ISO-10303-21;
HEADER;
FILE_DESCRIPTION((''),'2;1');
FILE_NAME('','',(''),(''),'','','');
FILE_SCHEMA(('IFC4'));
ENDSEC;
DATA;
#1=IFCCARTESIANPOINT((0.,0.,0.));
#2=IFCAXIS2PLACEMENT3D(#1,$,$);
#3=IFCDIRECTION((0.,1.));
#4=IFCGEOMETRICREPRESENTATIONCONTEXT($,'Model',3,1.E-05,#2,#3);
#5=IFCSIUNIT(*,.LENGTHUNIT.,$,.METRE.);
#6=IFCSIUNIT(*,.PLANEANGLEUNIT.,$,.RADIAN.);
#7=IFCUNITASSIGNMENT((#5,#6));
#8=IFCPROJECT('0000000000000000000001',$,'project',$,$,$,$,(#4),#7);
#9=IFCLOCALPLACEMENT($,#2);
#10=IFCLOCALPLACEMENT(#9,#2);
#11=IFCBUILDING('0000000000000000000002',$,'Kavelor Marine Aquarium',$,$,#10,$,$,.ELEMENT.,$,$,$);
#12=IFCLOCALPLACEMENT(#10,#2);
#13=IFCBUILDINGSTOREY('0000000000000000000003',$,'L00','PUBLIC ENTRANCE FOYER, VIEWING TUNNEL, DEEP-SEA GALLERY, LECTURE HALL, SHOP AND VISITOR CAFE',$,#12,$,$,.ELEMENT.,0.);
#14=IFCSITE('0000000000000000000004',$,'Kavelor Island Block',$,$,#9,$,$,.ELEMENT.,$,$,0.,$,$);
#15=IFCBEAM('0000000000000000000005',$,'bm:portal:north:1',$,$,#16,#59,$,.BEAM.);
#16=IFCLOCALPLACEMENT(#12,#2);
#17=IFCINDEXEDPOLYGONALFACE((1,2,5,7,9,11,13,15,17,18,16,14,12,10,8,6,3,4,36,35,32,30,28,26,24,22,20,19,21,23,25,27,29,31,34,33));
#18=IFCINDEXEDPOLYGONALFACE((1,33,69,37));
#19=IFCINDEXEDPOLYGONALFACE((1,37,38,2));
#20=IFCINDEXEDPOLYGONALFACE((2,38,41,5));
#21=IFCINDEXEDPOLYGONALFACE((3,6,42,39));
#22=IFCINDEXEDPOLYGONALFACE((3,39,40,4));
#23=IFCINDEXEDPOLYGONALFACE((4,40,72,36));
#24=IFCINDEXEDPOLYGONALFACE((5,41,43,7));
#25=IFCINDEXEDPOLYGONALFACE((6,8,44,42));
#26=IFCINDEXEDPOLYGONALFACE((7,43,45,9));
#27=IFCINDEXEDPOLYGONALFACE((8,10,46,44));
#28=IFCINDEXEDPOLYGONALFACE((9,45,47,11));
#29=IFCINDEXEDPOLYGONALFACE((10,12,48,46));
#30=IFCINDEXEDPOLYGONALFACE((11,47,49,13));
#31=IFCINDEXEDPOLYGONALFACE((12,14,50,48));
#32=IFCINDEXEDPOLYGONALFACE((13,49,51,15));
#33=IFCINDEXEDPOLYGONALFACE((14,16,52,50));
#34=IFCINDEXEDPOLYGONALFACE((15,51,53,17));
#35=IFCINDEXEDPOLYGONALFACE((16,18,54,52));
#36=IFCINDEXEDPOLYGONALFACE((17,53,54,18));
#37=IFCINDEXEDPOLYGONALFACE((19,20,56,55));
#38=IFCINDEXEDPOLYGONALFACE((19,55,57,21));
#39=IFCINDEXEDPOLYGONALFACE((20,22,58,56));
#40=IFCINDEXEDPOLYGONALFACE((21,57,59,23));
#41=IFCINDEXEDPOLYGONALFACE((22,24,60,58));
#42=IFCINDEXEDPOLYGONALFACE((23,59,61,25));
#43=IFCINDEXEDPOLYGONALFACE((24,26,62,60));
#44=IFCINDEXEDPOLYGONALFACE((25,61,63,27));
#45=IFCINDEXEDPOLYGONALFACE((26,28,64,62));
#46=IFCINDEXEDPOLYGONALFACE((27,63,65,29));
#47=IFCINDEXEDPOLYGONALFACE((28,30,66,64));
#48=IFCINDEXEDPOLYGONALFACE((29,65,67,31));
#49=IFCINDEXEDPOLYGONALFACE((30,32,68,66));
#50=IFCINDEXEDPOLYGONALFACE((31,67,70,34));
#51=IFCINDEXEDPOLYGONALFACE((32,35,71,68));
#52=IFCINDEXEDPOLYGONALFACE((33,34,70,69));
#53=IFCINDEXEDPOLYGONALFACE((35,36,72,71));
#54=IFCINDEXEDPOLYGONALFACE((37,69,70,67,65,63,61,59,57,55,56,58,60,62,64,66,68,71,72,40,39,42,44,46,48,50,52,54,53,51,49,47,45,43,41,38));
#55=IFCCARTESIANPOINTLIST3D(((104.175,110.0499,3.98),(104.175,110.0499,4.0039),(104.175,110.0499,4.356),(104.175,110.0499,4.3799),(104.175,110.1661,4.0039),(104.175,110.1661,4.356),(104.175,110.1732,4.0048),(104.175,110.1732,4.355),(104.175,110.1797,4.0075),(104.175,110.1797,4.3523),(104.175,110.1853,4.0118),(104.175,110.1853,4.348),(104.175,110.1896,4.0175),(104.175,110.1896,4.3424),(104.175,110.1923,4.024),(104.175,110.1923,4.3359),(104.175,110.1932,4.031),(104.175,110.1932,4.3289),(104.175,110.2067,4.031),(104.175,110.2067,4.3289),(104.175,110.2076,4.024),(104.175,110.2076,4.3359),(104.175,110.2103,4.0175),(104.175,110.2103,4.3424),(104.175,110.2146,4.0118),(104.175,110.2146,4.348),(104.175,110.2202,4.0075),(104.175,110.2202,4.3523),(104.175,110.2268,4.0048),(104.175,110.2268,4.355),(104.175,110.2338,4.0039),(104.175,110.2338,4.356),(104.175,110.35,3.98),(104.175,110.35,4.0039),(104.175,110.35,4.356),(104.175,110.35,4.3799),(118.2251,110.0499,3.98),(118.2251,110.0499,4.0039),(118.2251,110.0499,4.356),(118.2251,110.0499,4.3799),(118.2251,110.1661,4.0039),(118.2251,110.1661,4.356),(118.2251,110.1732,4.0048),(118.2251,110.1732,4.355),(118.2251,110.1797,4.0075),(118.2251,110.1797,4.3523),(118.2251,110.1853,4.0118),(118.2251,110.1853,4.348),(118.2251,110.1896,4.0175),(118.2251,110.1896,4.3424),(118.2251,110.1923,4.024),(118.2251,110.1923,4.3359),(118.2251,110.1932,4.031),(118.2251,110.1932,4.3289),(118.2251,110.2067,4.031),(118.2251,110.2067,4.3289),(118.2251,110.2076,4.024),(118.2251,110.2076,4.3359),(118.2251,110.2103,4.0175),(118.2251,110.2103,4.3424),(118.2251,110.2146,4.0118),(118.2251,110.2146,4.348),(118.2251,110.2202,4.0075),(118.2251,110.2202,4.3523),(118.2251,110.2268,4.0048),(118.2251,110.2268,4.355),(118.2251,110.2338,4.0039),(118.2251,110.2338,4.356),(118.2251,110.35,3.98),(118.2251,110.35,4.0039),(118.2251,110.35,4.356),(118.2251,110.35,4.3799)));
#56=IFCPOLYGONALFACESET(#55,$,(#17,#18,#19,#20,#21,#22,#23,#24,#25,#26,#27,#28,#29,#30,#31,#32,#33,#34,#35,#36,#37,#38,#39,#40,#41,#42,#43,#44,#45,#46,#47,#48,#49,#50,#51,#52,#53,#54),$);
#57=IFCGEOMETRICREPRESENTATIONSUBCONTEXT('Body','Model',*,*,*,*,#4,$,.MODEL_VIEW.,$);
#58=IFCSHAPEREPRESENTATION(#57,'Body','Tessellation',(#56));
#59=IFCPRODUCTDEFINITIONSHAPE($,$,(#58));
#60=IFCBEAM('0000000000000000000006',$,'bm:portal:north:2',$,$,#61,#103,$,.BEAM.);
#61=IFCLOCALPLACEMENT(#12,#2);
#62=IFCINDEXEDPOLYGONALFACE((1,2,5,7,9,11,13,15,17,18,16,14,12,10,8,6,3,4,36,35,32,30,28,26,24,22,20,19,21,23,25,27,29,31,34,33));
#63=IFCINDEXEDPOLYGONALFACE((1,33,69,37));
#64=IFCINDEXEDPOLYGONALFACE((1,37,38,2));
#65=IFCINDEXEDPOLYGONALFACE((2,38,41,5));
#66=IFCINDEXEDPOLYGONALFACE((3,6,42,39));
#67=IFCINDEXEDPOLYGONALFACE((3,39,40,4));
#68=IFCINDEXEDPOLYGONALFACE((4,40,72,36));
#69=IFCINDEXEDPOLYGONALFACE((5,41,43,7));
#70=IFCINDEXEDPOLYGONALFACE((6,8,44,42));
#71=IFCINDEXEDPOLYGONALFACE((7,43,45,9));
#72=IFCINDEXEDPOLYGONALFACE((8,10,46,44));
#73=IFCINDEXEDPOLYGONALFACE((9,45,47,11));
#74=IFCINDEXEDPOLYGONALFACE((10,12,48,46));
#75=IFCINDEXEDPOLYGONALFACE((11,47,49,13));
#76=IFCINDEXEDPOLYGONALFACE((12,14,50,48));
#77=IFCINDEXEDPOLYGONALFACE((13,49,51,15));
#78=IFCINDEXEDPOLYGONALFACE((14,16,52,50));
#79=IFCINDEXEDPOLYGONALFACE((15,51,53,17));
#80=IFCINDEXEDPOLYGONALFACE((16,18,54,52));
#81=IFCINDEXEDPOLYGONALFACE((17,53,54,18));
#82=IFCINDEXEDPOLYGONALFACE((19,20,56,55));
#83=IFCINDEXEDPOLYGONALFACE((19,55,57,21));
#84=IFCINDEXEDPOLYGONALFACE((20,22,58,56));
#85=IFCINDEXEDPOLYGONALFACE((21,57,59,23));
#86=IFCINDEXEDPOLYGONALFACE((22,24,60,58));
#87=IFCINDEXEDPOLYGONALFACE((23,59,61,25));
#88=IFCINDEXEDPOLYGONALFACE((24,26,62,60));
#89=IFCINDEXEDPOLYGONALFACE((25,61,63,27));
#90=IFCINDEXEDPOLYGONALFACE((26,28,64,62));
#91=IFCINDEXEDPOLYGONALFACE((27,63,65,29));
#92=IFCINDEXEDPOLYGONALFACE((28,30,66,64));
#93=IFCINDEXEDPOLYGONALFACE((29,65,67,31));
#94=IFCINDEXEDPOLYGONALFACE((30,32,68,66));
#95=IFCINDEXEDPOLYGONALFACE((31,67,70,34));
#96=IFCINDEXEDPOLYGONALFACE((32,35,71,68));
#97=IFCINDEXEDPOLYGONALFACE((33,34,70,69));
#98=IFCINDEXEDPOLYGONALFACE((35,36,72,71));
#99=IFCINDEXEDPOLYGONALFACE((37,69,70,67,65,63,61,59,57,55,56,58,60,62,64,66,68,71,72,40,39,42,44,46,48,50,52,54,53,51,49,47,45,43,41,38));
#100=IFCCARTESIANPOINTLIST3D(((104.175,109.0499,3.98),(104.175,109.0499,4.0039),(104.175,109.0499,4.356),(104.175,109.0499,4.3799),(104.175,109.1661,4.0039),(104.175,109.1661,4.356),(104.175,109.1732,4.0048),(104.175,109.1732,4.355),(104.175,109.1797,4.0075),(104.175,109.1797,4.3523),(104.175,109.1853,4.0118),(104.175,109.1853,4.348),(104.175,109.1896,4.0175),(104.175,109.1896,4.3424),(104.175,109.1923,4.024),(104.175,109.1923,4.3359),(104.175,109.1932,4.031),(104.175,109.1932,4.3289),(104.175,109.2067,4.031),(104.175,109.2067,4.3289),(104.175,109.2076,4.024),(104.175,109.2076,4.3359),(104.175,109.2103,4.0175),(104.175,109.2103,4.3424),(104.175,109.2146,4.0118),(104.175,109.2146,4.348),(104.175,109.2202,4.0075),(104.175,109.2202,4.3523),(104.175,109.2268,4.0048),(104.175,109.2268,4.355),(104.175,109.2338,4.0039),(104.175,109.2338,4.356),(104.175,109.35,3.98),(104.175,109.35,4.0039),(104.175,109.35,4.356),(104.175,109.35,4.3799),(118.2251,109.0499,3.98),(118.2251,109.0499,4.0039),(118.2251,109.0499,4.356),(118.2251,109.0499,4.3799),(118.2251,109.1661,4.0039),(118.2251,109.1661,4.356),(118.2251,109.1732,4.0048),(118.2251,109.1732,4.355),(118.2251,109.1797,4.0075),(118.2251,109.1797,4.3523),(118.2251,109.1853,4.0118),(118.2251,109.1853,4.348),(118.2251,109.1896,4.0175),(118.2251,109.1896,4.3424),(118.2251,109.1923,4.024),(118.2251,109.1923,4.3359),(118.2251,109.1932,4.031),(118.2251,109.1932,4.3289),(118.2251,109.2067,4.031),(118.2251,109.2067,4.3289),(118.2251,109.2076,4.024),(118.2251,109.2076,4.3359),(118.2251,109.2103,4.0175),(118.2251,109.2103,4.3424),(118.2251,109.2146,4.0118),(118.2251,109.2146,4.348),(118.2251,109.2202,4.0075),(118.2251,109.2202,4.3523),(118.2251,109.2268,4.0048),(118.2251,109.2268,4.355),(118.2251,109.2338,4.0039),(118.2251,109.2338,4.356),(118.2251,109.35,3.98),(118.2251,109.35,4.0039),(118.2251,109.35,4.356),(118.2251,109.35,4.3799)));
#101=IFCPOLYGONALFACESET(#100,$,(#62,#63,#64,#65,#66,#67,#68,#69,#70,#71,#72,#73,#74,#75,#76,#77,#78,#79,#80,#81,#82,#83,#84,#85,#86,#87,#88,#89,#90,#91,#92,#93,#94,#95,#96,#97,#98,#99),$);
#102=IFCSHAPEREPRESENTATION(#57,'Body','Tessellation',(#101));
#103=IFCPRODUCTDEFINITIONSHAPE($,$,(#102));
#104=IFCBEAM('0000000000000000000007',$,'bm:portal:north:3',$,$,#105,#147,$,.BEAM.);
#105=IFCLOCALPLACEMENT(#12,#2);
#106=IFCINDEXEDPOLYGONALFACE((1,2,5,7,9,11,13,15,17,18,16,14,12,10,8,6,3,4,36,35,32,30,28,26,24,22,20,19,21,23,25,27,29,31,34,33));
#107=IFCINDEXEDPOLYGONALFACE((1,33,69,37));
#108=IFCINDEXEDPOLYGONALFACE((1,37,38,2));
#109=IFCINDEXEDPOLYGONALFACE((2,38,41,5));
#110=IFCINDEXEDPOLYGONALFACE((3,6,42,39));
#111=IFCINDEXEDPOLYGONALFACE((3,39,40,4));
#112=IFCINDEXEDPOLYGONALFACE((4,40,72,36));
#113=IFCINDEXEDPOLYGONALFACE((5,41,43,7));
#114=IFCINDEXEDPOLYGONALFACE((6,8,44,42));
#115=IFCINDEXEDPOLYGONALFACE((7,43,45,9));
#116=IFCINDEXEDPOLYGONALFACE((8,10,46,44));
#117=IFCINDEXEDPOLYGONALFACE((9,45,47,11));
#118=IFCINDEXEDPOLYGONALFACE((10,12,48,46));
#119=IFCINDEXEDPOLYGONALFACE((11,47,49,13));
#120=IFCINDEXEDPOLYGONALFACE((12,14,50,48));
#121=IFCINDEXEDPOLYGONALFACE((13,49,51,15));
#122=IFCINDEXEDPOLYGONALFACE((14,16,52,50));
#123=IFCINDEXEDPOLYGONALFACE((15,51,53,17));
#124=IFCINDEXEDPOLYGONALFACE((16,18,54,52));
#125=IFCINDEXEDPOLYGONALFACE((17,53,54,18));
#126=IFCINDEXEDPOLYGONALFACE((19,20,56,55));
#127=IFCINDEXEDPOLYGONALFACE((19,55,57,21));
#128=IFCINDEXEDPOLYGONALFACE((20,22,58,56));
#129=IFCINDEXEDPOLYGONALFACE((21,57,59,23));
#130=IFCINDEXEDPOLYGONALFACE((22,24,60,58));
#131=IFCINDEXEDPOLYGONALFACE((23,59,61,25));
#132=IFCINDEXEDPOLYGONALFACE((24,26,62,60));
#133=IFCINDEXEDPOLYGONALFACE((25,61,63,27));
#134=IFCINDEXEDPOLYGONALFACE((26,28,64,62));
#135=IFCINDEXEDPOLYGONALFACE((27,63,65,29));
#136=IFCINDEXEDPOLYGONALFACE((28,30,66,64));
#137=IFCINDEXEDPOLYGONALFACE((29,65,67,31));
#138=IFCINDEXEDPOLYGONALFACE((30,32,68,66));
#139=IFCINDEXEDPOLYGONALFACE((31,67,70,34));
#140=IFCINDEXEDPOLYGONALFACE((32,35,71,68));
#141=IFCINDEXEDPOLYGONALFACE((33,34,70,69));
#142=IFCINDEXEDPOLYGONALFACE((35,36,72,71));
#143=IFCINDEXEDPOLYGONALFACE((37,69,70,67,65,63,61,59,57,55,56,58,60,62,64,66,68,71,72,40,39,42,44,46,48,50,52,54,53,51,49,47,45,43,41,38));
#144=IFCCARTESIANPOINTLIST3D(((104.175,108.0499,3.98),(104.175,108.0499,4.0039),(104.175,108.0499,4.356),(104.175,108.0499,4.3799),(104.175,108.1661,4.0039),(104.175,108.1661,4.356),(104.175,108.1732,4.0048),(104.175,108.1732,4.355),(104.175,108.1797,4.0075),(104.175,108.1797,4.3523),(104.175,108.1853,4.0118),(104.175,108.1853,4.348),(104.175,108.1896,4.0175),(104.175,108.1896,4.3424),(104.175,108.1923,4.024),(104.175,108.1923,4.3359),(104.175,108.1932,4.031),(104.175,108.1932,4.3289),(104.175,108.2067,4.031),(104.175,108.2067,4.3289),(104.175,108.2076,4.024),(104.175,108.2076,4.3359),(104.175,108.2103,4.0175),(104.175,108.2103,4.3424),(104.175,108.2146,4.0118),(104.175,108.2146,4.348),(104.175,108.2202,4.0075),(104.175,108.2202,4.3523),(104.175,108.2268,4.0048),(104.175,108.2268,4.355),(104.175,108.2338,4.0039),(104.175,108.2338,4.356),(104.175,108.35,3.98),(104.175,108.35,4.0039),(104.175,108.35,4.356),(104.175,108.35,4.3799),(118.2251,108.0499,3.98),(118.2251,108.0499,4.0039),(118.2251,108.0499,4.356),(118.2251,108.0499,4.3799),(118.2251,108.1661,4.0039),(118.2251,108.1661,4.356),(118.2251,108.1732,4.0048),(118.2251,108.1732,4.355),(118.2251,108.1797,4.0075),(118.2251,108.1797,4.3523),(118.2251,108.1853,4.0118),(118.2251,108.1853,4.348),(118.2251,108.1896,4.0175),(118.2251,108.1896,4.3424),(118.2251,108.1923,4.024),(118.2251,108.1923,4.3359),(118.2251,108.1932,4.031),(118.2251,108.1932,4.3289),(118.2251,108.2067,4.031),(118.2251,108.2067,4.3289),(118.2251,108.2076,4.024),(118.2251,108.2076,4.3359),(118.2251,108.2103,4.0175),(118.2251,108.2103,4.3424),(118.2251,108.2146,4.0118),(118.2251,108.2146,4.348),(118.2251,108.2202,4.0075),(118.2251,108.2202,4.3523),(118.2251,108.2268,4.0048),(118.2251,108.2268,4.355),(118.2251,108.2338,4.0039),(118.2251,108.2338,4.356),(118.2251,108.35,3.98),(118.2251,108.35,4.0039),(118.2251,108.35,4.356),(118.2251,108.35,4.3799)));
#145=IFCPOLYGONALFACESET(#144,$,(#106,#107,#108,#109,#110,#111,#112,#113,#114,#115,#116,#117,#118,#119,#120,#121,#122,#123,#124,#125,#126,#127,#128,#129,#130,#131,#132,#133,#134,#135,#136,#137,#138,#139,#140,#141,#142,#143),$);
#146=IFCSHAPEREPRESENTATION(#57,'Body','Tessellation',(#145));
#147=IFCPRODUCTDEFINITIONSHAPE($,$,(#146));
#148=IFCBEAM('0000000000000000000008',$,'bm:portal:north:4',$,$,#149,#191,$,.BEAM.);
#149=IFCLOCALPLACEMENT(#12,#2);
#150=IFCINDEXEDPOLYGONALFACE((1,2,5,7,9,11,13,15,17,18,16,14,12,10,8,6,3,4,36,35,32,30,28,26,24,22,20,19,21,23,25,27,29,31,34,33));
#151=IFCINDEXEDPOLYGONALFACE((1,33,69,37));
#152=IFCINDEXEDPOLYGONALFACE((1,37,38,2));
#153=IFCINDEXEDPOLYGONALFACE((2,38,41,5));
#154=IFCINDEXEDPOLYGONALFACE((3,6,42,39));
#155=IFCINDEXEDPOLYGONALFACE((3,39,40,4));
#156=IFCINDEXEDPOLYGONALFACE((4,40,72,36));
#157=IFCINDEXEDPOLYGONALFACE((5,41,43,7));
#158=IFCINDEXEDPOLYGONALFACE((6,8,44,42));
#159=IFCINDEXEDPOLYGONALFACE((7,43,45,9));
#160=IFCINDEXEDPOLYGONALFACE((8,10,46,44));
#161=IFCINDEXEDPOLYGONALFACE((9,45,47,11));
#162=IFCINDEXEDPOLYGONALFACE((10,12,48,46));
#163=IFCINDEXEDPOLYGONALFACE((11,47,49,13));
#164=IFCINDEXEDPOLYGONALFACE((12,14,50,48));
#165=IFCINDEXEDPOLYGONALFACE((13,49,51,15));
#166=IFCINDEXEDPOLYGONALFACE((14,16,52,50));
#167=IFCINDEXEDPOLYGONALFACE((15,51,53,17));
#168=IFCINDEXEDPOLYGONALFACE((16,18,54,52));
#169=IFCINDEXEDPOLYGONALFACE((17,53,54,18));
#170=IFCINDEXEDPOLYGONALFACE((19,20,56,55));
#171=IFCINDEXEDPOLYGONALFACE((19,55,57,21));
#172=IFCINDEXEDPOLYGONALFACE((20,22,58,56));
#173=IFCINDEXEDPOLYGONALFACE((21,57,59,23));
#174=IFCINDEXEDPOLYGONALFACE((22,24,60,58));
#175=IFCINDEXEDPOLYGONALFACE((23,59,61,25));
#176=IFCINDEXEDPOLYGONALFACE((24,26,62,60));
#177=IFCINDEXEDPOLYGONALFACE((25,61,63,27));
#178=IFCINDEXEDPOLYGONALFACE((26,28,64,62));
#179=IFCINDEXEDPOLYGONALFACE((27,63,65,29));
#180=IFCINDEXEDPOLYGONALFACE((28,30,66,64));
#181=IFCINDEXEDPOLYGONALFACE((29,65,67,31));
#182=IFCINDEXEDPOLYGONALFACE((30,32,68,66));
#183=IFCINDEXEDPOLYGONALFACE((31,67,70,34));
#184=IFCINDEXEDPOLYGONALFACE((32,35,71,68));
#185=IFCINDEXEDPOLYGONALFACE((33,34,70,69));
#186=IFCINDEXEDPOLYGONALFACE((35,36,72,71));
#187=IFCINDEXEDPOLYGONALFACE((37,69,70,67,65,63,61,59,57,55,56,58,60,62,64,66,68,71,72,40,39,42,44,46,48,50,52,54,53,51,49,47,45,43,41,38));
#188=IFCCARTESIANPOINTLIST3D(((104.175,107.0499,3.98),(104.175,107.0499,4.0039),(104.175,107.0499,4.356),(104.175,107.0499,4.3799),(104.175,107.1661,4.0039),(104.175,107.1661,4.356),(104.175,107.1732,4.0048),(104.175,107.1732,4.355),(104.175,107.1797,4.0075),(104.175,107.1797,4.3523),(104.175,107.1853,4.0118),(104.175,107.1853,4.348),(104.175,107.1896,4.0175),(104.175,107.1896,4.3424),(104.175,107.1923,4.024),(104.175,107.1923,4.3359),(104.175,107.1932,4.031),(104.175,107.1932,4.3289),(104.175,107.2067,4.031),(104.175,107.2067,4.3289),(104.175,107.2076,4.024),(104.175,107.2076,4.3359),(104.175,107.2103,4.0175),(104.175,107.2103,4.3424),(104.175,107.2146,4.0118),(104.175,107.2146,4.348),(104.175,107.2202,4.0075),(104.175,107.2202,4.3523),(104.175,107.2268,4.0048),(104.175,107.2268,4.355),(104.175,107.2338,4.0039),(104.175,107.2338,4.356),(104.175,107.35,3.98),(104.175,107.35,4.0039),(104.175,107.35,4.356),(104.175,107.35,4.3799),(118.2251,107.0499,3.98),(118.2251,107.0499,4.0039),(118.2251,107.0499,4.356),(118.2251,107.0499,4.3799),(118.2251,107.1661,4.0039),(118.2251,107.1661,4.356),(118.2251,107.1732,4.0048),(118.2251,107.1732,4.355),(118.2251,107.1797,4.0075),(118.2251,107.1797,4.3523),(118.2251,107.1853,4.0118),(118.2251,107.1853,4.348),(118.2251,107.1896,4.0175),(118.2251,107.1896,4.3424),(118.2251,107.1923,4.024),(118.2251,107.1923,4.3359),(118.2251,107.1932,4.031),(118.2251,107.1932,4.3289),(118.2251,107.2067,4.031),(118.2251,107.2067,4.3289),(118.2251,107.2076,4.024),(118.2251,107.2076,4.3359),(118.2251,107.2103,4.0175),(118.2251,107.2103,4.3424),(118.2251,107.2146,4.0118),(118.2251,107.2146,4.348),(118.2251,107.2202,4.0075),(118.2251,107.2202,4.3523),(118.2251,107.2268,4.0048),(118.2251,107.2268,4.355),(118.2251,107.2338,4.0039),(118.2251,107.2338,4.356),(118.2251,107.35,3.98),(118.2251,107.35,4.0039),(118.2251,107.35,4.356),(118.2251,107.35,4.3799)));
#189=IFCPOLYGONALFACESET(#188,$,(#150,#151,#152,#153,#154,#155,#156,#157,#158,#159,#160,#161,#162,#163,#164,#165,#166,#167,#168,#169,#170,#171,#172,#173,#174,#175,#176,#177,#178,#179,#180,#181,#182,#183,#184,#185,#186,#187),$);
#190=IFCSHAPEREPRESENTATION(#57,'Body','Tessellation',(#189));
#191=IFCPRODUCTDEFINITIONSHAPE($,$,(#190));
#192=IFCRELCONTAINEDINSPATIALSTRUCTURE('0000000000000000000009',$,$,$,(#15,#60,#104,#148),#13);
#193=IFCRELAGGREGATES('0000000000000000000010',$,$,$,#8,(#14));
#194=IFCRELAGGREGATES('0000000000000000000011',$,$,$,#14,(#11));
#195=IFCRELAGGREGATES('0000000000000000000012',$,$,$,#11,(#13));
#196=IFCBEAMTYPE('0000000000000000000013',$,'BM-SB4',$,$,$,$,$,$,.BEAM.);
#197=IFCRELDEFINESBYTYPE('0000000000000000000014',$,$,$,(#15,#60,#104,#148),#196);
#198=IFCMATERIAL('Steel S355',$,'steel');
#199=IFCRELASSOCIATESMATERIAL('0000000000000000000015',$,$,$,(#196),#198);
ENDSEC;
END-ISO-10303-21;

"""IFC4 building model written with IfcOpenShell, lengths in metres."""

from ifc_helpers import new_model, si_unit, direction, frame, origin, origin_2d, place, context, subcontext, project, spatial, i_section, extrude, material, material_profile, profile_set, type_object, element, save


model = new_model("IFC4")

# Units and contexts
model_context = context("Model", 3, precision=1e-05, world=origin(), true_north=direction((0.0, 1.0)))
body_context = subcontext(model_context, "Body", "Model", "MODEL_VIEW")
ifc_project = project(units=[si_unit("LENGTHUNIT", "METRE"), si_unit("PLANEANGLEUNIT", "RADIAN")], contexts=[model_context])

# Site, building, storey
site_placement = place(None, origin())
site = spatial("IfcSite", under=ifc_project, at=site_placement, Name="Kavelor Island Block", CompositionType="ELEMENT", RefElevation=0.0)
building_placement = place(site_placement, origin())
building = spatial("IfcBuilding", under=site, at=building_placement, Name="Kavelor Marine Aquarium", CompositionType="ELEMENT")
storey_placement = place(building_placement, origin())
storey = spatial("IfcBuildingStorey", under=building, at=storey_placement, Name="L00", Description="PUBLIC ENTRANCE FOYER, VIEWING TUNNEL, DEEP-SEA GALLERY, LECTURE HALL, SHOP AND VISITOR CAFE", CompositionType="ELEMENT", Elevation=0.0)

# Beams
ifc_material_1 = material(Name="Steel S355", Category="steel")
ifc_material_profile_1 = material_profile(ifc_material_1, i_section(OverallWidth=0.3, OverallDepth=0.3999, WebThickness=0.0134, FlangeThickness=0.0239, FilletRadius=0.0271, at=origin_2d()), Name="HEB 400")
ifc_profile_set_1 = profile_set([ifc_material_profile_1], Name="Steel S355")
beam_type_1 = type_object("IfcBeamType", Name="BM-SB4", PredefinedType="BEAM", material=ifc_profile_set_1)
for number, where, z_axis, x_axis, name in (
    (1, (104.175, 110.2, 4.1799), (1.0, 0.0, 0.0), (0.0, 1.0, 0.0), "bm:portal:north:1"),
    (2, (104.175, 109.2, 4.1799), (1.0, 0.0, 0.0), (0.0, 1.0, 0.0), "bm:portal:north:2"),
    (3, (104.175, 108.2, 4.1799), (1.0, 0.0, 0.0), (0.0, 1.0, 0.0), "bm:portal:north:3"),
    (4, (104.175, 107.2, 4.1799), (1.0, 0.0, 0.0), (0.0, 1.0, 0.0), "bm:portal:north:4"),
):
    element("IfcBeam", number, at=place(storey_placement, frame(where, z_axis=z_axis, x_axis=x_axis)), inside=storey, type_object=beam_type_1, Name=name, PredefinedType="BEAM", context=body_context, shape_type="SweptSolid", body=[
        extrude(i_section(OverallWidth=0.3, OverallDepth=0.3999, WebThickness=0.0134, FlangeThickness=0.0239, FilletRadius=0.0271, at=origin_2d()), origin(), (0.0, 0.0, 1.0), 14.05),
    ])

save(model, "model.ifc")
